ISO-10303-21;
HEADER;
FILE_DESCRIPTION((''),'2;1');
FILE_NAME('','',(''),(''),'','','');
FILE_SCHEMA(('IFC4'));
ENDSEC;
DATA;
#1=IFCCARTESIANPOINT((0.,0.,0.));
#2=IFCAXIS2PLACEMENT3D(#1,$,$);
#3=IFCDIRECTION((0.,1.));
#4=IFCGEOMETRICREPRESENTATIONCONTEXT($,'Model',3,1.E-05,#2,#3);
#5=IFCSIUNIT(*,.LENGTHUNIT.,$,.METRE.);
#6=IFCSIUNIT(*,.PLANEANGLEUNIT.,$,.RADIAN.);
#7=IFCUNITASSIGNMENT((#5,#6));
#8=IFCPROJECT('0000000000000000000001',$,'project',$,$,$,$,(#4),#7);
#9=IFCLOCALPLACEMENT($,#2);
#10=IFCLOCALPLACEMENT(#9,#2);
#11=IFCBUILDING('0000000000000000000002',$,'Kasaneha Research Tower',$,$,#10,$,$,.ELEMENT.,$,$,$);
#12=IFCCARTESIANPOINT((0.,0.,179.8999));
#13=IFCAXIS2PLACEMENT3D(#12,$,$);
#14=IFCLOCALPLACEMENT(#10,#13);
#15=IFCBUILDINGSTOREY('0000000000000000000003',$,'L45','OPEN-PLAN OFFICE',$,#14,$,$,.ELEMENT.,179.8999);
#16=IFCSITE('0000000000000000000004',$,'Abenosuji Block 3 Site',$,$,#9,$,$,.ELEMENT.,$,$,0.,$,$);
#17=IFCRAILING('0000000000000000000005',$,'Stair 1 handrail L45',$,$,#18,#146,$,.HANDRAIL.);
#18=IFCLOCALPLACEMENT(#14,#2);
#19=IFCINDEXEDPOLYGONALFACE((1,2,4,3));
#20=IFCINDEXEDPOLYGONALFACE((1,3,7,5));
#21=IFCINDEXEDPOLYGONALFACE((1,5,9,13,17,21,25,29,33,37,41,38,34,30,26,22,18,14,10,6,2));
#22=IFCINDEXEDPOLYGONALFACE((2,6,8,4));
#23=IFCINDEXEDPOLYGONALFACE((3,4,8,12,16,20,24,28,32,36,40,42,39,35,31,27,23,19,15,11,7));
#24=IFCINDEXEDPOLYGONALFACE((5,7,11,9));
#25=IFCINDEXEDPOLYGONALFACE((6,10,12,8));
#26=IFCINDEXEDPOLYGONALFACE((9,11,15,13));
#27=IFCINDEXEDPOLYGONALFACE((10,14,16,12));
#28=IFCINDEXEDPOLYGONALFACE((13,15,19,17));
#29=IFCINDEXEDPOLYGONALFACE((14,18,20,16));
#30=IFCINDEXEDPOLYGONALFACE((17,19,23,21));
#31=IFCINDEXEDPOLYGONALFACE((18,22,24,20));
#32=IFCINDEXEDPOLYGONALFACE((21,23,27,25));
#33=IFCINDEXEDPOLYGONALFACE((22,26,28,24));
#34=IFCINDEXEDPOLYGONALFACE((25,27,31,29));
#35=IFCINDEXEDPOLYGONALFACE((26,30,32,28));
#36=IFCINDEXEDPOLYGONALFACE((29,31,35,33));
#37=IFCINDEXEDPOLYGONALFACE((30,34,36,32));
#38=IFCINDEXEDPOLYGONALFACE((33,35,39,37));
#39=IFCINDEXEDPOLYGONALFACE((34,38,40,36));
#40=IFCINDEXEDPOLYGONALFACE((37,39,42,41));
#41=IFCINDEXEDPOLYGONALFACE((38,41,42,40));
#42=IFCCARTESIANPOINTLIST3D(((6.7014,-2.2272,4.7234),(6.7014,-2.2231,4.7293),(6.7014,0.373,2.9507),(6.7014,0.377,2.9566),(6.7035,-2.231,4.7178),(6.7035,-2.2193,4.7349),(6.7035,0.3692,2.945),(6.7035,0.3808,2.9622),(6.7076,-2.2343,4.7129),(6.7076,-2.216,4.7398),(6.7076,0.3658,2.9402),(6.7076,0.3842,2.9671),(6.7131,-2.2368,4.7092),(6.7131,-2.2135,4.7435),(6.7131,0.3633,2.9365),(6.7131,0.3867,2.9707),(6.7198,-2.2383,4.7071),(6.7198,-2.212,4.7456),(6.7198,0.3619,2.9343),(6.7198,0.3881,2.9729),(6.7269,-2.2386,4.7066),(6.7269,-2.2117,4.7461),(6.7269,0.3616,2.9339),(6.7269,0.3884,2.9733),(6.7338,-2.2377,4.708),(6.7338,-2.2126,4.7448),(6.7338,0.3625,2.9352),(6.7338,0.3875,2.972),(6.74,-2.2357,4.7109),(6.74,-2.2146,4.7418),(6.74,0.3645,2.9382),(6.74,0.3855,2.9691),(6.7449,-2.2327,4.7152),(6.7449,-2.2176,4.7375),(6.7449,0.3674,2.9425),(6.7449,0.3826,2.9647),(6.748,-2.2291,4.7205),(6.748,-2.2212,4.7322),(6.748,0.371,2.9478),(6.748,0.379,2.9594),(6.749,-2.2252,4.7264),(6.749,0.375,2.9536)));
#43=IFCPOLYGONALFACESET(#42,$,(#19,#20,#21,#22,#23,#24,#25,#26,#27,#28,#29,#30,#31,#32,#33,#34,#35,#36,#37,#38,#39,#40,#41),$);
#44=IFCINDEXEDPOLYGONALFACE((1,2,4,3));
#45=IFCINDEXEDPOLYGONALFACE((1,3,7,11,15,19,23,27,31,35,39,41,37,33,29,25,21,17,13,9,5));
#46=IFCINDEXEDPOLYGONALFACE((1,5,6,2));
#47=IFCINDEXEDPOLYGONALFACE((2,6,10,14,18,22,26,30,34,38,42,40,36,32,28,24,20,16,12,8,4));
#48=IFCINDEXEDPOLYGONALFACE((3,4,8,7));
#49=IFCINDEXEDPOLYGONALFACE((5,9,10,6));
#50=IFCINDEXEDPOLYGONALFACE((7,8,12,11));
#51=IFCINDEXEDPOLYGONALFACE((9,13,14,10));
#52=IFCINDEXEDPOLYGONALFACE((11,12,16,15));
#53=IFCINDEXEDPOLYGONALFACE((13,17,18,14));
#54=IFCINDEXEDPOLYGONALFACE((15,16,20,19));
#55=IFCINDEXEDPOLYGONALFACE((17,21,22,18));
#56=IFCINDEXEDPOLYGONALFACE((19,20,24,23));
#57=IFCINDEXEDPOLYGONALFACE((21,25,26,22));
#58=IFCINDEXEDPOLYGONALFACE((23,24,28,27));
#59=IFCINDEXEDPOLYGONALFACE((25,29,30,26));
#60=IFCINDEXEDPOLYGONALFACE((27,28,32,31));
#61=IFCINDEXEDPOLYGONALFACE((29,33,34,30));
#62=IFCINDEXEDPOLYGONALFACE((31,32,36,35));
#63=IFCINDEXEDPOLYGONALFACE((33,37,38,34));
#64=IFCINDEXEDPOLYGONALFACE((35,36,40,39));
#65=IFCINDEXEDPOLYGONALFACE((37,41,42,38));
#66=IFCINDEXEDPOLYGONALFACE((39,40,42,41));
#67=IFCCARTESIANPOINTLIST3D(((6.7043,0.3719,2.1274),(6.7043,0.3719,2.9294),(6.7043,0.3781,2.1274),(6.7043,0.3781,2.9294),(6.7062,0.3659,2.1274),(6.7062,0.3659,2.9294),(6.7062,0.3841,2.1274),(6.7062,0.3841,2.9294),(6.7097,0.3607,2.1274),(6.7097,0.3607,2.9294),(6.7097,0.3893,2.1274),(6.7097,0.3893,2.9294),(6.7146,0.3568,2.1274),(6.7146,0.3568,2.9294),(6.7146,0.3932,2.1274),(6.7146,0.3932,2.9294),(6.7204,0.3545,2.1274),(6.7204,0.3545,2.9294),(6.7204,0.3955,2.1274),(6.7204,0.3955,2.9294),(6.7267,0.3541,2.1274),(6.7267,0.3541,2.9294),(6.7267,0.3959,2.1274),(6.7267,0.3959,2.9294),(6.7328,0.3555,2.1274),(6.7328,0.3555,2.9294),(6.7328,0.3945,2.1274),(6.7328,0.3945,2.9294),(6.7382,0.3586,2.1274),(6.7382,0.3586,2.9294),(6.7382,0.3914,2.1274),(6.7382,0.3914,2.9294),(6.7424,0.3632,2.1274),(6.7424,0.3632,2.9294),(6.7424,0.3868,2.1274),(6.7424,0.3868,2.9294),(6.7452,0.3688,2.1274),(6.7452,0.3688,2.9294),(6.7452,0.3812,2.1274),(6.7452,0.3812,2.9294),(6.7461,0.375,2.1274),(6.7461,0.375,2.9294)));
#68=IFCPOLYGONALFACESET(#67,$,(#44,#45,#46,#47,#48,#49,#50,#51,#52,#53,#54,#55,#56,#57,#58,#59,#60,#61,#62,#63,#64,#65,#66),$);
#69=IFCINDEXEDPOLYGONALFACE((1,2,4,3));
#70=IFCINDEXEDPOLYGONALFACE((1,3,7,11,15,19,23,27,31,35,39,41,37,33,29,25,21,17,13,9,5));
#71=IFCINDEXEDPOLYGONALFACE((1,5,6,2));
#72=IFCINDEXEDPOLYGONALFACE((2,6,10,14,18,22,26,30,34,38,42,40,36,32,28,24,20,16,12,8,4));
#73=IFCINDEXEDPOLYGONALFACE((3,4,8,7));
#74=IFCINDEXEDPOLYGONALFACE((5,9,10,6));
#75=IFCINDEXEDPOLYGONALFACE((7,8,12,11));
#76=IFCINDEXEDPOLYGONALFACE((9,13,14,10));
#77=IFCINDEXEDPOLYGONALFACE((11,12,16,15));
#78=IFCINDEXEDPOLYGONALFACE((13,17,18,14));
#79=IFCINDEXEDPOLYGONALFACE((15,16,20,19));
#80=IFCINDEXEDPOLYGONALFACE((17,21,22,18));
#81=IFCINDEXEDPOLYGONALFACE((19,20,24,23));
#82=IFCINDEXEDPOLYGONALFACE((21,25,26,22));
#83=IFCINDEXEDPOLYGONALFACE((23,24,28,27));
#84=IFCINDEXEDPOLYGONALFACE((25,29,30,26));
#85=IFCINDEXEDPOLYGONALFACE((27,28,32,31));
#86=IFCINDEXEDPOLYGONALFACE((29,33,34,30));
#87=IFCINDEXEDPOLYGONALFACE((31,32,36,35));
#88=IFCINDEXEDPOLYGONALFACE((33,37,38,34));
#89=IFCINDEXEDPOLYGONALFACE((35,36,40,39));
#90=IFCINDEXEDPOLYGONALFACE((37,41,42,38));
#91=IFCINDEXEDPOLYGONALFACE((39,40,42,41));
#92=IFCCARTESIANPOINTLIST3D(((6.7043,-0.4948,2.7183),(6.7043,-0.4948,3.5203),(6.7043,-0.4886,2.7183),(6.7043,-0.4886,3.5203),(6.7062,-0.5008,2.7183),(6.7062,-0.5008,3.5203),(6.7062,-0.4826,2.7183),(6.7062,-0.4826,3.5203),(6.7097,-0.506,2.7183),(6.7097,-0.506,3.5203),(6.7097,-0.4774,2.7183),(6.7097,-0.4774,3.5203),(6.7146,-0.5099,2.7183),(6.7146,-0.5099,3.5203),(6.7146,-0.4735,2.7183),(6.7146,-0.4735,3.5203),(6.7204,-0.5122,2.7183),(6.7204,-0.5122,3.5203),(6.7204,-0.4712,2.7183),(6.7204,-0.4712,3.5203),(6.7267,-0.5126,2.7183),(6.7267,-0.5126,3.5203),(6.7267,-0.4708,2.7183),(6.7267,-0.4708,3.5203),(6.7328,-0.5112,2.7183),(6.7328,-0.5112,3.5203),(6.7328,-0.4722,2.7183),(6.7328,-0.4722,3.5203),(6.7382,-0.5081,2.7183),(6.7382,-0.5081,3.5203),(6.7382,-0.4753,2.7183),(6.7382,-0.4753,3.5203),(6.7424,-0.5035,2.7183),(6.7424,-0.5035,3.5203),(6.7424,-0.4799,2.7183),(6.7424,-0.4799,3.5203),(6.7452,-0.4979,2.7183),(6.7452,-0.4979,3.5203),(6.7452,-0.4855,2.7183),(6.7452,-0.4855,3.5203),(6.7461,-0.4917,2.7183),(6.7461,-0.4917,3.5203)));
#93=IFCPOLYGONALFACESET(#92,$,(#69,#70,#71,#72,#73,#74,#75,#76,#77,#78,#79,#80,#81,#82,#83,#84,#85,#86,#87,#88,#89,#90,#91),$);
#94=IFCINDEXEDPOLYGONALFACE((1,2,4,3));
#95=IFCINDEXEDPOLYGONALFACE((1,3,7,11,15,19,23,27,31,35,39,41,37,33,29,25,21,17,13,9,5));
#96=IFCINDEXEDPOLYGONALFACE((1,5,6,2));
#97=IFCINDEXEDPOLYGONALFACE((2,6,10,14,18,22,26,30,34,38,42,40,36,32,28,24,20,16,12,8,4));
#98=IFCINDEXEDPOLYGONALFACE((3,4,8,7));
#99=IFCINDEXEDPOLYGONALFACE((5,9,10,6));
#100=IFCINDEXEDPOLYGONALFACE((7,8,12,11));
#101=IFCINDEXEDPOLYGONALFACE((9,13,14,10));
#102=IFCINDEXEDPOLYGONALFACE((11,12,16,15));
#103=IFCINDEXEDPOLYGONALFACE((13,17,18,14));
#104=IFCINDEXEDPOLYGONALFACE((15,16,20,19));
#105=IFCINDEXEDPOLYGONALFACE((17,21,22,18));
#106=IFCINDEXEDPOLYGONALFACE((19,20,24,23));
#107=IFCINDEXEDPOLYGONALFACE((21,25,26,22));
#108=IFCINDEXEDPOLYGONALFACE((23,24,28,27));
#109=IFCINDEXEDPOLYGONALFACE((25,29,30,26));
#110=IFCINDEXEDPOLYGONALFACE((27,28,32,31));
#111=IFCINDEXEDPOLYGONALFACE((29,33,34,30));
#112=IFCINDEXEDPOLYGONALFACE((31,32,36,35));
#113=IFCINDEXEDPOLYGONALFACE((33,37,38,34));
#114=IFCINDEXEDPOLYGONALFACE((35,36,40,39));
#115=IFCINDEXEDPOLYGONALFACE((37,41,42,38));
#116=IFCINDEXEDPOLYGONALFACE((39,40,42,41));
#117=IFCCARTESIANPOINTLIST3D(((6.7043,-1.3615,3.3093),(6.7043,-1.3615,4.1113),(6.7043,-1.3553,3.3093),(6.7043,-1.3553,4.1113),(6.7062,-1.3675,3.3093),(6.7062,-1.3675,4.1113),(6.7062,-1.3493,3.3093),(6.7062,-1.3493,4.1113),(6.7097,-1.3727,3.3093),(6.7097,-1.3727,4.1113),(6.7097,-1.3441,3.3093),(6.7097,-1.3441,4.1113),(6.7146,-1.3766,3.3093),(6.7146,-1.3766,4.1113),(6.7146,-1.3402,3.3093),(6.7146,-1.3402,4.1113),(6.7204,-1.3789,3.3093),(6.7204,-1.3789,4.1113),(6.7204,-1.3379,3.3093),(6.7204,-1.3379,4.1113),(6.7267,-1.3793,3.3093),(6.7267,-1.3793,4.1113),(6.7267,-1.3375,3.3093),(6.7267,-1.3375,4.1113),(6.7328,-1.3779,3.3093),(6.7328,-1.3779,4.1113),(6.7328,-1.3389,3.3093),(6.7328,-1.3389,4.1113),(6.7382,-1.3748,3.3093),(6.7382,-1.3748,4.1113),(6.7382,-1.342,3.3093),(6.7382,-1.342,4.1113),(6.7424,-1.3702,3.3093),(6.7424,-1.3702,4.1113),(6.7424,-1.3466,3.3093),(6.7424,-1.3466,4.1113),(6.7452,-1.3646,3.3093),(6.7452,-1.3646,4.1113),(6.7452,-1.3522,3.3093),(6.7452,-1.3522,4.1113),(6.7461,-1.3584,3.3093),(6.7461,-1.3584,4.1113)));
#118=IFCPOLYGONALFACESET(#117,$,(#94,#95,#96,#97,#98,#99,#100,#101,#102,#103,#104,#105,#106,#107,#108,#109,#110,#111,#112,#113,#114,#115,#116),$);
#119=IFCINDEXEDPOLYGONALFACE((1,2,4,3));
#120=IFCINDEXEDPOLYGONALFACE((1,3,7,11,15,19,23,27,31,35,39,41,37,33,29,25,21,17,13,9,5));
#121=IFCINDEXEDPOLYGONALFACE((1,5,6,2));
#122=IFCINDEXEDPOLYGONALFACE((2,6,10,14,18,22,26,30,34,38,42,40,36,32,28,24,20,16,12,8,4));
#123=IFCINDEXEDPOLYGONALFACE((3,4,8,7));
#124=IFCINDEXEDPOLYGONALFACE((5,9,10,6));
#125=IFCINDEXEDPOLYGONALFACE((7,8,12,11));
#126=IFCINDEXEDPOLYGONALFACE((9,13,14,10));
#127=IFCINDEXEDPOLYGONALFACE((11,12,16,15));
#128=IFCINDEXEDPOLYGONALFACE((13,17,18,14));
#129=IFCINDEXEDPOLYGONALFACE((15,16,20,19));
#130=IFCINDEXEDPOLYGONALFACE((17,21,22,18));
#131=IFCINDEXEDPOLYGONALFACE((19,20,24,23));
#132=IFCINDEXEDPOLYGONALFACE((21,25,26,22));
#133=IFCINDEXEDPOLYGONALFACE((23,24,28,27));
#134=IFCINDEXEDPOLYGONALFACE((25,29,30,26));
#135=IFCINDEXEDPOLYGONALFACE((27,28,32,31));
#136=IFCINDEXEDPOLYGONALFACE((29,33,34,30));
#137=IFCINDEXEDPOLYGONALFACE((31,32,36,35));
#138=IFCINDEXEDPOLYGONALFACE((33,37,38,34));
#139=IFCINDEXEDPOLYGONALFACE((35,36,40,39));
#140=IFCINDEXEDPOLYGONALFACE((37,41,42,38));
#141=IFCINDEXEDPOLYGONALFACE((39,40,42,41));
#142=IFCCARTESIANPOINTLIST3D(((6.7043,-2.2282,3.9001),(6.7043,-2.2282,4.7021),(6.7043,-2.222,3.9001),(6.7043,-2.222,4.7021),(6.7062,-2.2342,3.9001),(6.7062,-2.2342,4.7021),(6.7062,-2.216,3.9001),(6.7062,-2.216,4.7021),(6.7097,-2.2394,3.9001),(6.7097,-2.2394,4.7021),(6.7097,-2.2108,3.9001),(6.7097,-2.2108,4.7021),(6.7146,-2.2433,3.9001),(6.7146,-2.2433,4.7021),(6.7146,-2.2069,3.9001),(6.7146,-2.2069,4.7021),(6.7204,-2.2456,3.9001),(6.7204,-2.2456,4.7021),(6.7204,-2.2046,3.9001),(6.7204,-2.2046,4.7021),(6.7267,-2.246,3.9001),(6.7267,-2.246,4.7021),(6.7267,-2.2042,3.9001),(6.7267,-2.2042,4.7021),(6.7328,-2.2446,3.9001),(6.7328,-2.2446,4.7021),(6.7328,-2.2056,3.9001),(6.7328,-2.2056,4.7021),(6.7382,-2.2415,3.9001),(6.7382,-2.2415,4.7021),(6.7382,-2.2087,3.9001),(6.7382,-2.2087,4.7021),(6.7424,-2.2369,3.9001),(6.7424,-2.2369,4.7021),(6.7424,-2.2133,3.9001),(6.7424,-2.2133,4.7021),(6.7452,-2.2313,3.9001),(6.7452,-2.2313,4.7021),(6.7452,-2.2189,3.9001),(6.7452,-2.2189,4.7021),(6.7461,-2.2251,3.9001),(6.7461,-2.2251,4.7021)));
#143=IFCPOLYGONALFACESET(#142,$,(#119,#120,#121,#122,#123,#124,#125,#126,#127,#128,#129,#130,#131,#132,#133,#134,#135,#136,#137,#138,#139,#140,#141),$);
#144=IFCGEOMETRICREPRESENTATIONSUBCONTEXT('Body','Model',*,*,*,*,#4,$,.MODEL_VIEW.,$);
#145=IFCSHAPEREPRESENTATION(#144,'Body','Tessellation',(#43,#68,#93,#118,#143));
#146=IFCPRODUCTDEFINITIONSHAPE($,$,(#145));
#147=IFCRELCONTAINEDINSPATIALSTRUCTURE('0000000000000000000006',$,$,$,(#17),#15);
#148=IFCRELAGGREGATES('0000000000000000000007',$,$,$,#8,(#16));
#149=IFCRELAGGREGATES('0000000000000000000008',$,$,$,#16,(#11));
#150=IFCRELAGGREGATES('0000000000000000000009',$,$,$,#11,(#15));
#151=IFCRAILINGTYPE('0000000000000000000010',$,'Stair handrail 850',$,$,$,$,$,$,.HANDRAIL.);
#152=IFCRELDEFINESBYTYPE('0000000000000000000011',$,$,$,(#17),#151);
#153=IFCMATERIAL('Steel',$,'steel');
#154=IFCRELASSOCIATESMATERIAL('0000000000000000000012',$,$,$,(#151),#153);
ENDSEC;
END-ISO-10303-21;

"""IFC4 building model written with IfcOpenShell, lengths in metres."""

from ifc_helpers import new_model, si_unit, direction, frame, origin, origin_2d, place, context, subcontext, project, spatial, circle, extrude, material, type_object, element, save


model = new_model("IFC4")

# Units and contexts
model_context = context("Model", 3, precision=1e-05, world=origin(), true_north=direction((0.0, 1.0)))
body_context = subcontext(model_context, "Body", "Model", "MODEL_VIEW")
ifc_project = project(units=[si_unit("LENGTHUNIT", "METRE"), si_unit("PLANEANGLEUNIT", "RADIAN")], contexts=[model_context])

# Site, building, storey
site_placement = place(None, origin())
site = spatial("IfcSite", under=ifc_project, at=site_placement, Name="Abenosuji Block 3 Site", CompositionType="ELEMENT", RefElevation=0.0)
building_placement = place(site_placement, origin())
building = spatial("IfcBuilding", under=site, at=building_placement, Name="Kasaneha Research Tower", CompositionType="ELEMENT")
storey_placement = place(building_placement, frame((0.0, 0.0, 179.8999)))
storey = spatial("IfcBuildingStorey", under=building, at=storey_placement, Name="L45", Description="OPEN-PLAN OFFICE", CompositionType="ELEMENT", Elevation=179.8999)

# Railing
ifc_material_1 = material(Name="Steel", Category="steel")
railing_type = type_object("IfcRailingType", Name="Stair handrail 850", PredefinedType="HANDRAIL", material=ifc_material_1)
railing_placement = place(storey_placement, frame((6.7251, 0.375, 2.1274)))
element("IfcRailing", 1, at=railing_placement, inside=storey, type_object=railing_type, Name="Stair 1 handrail L45", PredefinedType="HANDRAIL", context=body_context, shape_type="SweptSolid", body=[
    extrude(circle(Radius=0.0239, at=origin_2d()), frame((0.0, 0.0, 0.8262), z_axis=(0.0, -0.82624, 0.563318), x_axis=(1.0, 0.0, 0.0)), (0.0, 0.0, 1.0), 3.147),
    extrude(circle(Radius=0.021, at=origin_2d()), origin(), (0.0, 0.0, 1.0), 0.802),
    extrude(circle(Radius=0.021, at=origin_2d()), frame((0.0, -0.8667, 0.5908)), (0.0, 0.0, 1.0), 0.802),
    extrude(circle(Radius=0.021, at=origin_2d()), frame((0.0, -1.7334, 1.1819)), (0.0, 0.0, 1.0), 0.802),
    extrude(circle(Radius=0.021, at=origin_2d()), frame((0.0, -2.6001, 1.7727)), (0.0, 0.0, 1.0), 0.802),
])

save(model, "model.ifc")
